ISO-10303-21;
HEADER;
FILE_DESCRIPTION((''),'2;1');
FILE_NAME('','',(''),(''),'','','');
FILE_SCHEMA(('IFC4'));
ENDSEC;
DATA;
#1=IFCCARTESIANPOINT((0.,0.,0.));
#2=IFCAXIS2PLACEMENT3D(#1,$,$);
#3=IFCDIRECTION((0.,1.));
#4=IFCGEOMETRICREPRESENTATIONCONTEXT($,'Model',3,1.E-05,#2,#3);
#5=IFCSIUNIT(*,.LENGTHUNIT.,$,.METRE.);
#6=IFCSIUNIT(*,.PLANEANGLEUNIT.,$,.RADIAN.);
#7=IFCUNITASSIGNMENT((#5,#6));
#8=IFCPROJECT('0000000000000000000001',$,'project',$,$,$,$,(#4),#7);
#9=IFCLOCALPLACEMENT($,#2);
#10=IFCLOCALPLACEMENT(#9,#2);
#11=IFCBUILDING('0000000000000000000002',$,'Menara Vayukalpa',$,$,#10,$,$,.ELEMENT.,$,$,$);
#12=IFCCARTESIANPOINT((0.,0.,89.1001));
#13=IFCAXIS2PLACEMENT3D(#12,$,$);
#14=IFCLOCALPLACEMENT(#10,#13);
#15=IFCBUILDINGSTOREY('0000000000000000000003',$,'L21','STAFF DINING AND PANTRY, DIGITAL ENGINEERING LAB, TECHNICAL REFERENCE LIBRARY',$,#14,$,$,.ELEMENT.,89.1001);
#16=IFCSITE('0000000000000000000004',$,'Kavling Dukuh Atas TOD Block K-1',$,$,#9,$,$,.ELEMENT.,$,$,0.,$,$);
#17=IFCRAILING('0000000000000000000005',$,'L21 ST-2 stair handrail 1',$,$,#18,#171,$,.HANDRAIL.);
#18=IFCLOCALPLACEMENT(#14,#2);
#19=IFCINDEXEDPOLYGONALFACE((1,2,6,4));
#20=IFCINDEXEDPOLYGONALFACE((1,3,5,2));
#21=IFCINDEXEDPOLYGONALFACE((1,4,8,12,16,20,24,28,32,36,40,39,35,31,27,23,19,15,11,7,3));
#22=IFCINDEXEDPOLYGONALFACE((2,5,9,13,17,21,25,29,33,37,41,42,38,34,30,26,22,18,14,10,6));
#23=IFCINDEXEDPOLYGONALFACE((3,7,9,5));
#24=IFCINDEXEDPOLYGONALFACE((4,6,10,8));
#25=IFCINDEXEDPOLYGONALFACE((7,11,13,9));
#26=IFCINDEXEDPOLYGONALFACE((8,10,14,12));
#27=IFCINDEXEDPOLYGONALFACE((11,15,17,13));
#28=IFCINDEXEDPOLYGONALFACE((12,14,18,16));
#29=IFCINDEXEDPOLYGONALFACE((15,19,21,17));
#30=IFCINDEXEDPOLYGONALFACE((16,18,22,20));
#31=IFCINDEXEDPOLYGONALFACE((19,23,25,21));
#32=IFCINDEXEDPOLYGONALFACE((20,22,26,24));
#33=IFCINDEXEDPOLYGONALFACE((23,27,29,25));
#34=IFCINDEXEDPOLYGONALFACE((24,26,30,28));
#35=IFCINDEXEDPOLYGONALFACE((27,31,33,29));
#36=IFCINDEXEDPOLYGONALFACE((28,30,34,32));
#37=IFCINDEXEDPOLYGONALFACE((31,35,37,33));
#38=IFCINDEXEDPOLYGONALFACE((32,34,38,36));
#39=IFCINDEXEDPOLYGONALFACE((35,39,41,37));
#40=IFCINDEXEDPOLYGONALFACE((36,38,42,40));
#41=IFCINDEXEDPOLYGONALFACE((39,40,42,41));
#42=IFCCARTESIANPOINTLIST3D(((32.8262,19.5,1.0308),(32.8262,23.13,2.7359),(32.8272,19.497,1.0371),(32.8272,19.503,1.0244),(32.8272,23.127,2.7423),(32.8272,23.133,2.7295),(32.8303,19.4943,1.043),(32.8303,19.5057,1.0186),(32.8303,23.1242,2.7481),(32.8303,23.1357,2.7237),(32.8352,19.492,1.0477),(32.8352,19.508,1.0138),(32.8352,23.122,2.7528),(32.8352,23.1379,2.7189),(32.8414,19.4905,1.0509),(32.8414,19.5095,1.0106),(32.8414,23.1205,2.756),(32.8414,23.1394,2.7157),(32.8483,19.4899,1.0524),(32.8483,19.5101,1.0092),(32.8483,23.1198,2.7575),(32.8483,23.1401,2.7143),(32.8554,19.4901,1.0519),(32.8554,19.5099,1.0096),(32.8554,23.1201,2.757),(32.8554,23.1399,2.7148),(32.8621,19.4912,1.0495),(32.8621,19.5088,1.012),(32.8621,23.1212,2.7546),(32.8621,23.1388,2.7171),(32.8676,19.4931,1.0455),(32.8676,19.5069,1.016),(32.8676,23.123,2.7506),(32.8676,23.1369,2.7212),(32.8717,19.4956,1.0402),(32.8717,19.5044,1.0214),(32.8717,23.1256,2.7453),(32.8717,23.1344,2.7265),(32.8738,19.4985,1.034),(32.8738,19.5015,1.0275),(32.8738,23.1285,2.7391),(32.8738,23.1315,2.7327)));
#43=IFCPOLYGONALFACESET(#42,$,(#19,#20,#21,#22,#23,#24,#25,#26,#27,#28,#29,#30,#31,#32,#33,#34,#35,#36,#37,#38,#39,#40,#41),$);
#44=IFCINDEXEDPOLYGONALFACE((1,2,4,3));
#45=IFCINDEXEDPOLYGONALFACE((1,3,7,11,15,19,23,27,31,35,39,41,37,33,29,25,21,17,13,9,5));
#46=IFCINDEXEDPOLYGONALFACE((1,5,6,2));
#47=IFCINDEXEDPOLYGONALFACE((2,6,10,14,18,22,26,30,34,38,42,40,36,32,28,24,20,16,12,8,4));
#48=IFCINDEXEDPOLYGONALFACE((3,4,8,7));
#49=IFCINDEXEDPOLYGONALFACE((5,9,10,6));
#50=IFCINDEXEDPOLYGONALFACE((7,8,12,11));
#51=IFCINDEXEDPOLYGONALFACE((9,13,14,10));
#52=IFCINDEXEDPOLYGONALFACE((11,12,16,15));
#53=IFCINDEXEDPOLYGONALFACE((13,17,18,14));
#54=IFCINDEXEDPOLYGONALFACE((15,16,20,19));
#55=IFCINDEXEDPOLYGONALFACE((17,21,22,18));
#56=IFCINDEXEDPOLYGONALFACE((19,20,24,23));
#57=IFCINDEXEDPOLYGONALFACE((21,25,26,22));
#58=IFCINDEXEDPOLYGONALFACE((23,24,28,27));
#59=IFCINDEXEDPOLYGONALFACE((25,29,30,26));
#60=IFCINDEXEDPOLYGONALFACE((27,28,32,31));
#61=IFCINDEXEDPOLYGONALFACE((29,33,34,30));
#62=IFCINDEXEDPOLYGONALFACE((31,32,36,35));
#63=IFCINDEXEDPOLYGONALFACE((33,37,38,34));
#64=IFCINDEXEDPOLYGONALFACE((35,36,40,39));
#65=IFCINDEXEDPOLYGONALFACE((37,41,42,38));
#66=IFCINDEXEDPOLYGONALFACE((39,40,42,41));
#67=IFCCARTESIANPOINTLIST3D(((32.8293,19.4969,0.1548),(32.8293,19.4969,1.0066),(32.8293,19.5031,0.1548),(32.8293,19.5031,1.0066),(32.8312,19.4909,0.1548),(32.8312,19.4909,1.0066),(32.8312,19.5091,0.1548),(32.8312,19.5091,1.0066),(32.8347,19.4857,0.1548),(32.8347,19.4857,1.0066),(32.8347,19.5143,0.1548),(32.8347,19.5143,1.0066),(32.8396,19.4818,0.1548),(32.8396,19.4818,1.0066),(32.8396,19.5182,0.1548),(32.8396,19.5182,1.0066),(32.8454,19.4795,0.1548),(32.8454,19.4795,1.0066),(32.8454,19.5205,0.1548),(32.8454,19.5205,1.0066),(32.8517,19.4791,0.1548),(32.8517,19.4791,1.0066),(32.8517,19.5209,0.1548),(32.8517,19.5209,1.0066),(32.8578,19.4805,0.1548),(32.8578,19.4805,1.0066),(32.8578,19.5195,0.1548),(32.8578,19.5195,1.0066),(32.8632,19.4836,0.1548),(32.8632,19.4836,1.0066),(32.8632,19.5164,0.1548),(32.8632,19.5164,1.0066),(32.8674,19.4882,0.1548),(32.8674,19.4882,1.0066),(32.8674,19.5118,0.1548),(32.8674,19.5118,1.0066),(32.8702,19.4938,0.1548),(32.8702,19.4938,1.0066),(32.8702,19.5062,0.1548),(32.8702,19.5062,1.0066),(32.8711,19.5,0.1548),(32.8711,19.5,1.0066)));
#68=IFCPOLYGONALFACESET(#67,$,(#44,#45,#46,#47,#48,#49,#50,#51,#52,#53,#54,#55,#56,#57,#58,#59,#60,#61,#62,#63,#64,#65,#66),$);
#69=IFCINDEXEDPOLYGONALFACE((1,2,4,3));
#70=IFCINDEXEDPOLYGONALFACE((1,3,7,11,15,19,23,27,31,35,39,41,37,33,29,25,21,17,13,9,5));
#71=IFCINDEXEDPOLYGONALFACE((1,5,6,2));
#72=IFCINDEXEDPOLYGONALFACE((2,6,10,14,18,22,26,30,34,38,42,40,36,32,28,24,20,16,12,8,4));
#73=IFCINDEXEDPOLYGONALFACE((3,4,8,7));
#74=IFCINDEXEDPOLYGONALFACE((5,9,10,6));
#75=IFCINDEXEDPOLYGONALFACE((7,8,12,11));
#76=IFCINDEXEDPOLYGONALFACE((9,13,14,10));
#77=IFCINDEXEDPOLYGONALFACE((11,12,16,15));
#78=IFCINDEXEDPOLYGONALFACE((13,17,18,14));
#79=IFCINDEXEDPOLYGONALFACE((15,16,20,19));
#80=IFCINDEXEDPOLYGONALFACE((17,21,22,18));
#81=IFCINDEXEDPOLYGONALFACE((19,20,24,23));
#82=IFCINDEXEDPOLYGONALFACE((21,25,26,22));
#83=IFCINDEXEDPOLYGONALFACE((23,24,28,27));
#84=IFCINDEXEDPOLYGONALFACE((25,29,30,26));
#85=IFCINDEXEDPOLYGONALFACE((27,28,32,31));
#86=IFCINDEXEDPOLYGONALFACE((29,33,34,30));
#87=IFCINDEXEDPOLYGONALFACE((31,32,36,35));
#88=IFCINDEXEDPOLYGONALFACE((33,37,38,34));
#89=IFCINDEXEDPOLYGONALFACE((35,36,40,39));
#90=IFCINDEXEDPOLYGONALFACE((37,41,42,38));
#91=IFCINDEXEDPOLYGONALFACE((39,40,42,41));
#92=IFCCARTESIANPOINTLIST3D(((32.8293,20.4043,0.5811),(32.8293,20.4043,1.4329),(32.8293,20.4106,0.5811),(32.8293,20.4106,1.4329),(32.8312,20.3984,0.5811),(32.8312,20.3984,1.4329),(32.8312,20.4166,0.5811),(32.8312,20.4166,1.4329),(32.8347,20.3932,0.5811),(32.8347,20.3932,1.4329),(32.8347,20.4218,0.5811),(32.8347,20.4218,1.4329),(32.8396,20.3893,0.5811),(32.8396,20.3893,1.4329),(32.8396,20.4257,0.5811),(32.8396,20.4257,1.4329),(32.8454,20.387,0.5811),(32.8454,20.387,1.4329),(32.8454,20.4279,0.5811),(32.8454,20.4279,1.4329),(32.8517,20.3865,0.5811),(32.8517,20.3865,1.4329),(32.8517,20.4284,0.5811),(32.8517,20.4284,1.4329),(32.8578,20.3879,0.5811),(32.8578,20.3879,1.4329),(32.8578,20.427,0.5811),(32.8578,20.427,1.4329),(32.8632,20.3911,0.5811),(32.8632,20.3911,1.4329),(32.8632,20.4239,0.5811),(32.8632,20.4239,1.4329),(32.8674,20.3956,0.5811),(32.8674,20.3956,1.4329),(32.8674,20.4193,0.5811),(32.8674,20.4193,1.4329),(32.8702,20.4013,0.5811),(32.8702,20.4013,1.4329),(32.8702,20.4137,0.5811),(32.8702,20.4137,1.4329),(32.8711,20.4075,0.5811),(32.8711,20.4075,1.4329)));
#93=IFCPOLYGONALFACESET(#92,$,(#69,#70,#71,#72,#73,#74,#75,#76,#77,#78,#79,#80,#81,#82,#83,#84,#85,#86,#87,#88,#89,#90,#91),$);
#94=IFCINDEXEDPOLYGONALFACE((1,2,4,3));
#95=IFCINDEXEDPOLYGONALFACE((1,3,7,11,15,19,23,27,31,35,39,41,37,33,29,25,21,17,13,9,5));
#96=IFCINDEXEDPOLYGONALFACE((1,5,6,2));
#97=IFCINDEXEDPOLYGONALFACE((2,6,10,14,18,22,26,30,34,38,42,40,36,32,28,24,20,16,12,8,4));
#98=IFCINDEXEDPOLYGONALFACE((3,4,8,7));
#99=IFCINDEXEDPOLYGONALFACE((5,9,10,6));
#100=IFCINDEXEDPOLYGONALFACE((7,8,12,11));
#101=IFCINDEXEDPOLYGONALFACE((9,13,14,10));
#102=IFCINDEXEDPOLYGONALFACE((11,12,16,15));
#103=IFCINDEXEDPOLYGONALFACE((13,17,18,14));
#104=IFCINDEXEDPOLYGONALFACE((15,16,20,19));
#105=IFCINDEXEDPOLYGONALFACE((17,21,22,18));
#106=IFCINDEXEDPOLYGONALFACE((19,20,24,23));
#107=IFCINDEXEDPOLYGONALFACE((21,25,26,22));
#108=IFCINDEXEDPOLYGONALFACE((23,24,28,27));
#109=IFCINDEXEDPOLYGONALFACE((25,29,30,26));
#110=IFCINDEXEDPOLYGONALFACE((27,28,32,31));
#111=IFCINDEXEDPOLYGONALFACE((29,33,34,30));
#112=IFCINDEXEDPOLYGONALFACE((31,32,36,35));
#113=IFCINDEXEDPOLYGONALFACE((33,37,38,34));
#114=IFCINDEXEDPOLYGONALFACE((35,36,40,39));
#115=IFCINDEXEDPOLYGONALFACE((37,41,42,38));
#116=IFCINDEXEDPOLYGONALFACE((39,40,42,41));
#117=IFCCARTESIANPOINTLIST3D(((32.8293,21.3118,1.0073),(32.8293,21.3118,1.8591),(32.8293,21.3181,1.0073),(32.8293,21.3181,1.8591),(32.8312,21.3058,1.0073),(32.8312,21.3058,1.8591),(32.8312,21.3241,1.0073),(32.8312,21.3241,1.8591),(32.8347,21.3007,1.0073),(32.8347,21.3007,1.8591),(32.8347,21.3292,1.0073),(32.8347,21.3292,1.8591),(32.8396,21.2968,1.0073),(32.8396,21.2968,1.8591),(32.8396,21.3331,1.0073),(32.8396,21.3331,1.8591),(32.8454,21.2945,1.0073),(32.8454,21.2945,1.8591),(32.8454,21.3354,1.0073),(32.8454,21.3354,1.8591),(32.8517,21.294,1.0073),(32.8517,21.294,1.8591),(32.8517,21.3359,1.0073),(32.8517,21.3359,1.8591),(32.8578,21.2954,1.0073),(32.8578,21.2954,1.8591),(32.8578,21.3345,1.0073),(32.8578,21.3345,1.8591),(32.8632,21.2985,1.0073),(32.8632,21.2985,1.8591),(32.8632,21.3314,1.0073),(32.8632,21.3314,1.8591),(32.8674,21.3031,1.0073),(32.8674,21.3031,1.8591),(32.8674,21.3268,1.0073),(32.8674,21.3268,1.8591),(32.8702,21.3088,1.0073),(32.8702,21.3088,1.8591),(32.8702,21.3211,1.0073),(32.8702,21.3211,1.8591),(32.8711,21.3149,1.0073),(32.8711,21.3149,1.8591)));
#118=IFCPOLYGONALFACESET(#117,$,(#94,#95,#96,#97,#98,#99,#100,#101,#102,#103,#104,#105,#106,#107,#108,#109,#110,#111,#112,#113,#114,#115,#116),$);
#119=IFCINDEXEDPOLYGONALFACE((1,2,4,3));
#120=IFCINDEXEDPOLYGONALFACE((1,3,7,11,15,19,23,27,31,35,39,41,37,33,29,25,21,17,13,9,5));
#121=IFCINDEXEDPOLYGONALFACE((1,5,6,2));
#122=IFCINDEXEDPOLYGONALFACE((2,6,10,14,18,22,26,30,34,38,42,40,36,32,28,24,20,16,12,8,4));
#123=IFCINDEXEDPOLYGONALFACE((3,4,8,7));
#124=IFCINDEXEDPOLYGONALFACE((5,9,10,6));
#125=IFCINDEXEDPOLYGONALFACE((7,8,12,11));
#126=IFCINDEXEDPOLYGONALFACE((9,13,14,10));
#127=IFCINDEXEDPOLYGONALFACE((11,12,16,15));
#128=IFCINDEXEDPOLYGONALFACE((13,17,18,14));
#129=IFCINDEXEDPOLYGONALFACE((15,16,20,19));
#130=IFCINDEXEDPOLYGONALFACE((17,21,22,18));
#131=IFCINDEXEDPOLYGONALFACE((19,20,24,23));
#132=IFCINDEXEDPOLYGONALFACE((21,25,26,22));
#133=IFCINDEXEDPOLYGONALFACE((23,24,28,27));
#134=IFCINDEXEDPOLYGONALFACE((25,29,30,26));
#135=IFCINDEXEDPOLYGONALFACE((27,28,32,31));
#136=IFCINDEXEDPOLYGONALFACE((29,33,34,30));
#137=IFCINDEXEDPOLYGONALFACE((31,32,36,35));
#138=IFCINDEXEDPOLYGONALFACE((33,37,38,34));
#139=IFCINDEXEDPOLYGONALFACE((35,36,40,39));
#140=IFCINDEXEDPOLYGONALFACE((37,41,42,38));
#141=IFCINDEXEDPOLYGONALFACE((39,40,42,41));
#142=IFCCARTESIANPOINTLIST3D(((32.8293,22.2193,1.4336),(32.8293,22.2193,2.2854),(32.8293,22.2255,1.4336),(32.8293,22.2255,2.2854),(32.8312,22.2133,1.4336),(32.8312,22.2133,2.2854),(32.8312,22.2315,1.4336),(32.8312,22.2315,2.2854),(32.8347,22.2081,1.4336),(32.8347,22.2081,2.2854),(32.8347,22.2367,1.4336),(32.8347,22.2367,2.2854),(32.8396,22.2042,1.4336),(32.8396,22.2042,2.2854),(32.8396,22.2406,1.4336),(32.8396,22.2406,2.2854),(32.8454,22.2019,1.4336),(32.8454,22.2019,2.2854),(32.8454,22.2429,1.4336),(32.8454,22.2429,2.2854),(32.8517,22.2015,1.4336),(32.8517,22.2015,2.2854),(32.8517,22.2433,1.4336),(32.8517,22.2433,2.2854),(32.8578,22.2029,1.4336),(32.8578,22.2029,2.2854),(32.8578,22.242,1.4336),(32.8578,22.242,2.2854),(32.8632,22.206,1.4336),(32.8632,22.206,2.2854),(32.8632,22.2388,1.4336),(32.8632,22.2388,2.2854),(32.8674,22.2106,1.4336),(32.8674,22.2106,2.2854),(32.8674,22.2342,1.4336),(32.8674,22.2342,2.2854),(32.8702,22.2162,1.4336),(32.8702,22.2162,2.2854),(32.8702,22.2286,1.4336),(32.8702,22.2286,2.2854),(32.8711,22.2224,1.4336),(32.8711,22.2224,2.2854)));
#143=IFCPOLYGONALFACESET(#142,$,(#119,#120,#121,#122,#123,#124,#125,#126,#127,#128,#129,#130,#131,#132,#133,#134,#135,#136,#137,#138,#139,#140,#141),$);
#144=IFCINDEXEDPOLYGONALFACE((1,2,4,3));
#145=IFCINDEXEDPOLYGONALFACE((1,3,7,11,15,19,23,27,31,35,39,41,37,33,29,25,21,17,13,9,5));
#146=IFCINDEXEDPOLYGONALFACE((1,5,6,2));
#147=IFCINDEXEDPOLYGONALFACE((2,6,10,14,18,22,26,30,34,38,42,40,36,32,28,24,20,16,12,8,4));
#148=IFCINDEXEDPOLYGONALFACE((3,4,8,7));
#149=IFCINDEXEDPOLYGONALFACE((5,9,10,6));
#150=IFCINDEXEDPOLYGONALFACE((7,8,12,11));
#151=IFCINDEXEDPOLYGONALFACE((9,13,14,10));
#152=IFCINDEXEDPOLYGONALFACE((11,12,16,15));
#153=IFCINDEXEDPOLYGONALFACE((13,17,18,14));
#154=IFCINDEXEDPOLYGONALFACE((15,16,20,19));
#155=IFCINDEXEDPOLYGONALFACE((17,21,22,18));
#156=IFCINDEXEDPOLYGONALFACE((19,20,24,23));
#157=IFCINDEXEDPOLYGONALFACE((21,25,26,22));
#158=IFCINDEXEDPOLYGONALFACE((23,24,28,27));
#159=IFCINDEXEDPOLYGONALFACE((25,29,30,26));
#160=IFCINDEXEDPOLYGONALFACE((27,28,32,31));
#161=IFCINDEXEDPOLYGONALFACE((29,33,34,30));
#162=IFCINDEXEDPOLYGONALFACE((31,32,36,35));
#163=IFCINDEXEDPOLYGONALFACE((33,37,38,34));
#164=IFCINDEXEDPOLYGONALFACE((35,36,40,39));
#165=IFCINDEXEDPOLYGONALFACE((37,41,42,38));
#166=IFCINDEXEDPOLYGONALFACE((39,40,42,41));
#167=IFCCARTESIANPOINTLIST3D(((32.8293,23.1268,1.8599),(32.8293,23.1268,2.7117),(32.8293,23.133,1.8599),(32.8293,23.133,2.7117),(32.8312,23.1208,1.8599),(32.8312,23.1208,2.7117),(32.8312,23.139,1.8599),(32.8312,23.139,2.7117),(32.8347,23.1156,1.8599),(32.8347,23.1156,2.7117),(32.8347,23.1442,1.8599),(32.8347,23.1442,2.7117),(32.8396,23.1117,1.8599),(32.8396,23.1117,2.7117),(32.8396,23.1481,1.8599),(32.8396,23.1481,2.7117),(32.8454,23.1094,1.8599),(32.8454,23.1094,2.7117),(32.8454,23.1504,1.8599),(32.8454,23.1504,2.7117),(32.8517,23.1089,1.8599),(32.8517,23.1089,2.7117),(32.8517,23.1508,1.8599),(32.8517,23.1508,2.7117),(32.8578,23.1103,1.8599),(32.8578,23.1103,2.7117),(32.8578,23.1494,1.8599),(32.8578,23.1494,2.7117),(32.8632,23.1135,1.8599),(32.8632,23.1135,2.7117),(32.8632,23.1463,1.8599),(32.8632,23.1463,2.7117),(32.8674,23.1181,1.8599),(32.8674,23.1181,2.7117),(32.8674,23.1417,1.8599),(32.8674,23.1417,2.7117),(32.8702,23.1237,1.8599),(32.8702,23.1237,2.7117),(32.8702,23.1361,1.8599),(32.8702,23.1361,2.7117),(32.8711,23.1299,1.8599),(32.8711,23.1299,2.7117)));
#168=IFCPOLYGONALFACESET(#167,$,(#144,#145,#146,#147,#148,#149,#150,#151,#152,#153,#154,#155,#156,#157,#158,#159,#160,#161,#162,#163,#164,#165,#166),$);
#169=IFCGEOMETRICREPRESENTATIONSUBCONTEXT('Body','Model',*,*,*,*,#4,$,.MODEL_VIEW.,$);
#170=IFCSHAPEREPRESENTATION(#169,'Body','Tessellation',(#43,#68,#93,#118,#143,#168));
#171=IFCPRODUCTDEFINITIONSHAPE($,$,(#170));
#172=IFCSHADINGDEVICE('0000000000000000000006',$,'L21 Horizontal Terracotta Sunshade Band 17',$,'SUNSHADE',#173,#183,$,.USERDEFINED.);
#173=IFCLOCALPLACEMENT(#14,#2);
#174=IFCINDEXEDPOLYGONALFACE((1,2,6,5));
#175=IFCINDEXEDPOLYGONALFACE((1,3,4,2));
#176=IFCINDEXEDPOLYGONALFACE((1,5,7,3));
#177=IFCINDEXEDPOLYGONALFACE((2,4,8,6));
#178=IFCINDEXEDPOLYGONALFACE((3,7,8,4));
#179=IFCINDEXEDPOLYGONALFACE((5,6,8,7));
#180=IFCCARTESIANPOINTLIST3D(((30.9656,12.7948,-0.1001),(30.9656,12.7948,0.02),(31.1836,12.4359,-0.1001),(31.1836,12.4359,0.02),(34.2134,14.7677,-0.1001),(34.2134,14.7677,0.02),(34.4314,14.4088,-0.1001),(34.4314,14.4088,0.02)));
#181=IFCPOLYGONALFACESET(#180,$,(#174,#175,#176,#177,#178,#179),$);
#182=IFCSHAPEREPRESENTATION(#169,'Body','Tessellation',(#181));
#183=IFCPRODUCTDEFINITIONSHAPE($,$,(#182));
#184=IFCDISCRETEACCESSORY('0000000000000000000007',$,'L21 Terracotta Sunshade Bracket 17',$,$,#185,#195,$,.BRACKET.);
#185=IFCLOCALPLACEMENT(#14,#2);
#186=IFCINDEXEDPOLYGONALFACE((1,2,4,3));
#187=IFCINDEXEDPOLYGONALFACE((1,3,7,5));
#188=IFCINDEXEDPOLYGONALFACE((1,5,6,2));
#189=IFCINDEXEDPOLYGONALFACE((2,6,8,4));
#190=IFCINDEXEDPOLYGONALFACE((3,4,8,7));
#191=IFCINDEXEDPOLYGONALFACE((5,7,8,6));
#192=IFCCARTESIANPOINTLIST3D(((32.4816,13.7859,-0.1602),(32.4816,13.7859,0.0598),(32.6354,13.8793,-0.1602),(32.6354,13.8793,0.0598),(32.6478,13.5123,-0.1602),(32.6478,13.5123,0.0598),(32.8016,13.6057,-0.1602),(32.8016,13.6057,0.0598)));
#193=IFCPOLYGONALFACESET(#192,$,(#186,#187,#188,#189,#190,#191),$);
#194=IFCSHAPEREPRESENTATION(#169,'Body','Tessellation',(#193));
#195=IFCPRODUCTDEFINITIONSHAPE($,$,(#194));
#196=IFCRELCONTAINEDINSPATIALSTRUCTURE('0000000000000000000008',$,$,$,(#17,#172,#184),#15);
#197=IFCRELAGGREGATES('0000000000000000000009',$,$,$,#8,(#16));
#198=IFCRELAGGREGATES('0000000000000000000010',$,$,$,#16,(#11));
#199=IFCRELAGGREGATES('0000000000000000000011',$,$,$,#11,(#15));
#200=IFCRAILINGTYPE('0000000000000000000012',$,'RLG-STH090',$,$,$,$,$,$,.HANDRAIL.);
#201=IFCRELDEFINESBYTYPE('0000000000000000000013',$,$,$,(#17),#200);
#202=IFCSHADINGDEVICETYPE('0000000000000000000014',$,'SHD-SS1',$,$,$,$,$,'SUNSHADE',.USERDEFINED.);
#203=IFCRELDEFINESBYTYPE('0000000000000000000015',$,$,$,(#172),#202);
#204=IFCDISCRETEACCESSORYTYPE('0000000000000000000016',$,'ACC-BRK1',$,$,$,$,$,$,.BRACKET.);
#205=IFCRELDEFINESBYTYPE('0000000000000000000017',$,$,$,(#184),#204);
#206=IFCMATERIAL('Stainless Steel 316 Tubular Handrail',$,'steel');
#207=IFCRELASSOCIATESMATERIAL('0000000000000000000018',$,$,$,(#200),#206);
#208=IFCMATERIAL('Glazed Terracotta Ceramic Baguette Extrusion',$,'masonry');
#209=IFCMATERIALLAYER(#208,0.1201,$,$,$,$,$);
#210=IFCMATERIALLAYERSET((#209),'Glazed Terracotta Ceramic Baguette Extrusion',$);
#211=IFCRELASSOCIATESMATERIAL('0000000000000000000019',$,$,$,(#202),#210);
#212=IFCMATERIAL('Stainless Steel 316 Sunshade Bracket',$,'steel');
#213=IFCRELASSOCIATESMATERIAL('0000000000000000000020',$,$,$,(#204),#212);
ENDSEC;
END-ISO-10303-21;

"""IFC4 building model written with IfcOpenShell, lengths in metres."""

from ifc_helpers import new_model, si_unit, direction, frame, origin, origin_2d, place, context, subcontext, project, spatial, rectangle, circle, extrude, material, layer, layer_set, type_object, element, save


model = new_model("IFC4")

# Units and contexts
model_context = context("Model", 3, precision=1e-05, world=origin(), true_north=direction((0.0, 1.0)))
body_context = subcontext(model_context, "Body", "Model", "MODEL_VIEW")
ifc_project = project(units=[si_unit("LENGTHUNIT", "METRE"), si_unit("PLANEANGLEUNIT", "RADIAN")], contexts=[model_context])

# Site, building, storey
site_placement = place(None, origin())
site = spatial("IfcSite", under=ifc_project, at=site_placement, Name="Kavling Dukuh Atas TOD Block K-1", CompositionType="ELEMENT", RefElevation=0.0)
building_placement = place(site_placement, origin())
building = spatial("IfcBuilding", under=site, at=building_placement, Name="Menara Vayukalpa", CompositionType="ELEMENT")
storey_placement = place(building_placement, frame((0.0, 0.0, 89.1001)))
storey = spatial("IfcBuildingStorey", under=building, at=storey_placement, Name="L21", Description="STAFF DINING AND PANTRY, DIGITAL ENGINEERING LAB, TECHNICAL REFERENCE LIBRARY", CompositionType="ELEMENT", Elevation=89.1001)

# Railing
ifc_material_1 = material(Name="Stainless Steel 316 Tubular Handrail", Category="steel")
railing_type_1 = type_object("IfcRailingType", Name="RLG-STH090", PredefinedType="HANDRAIL", material=ifc_material_1)
railing_1_placement = place(storey_placement, frame((32.8501, 19.5, 0.1548)))
element("IfcRailing", 1, at=railing_1_placement, inside=storey, type_object=railing_type_1, Name="L21 ST-2 stair handrail 1", PredefinedType="HANDRAIL", context=body_context, shape_type="SweptSolid", body=[
    extrude(circle(Radius=0.0239, at=origin_2d()), frame((0.0, 0.0, 0.876), z_axis=(0.0, 0.905116, 0.425164), x_axis=(-1.0, 0.0, 0.0)), (0.0, 0.0, 1.0), 4.0105),
    extrude(circle(Radius=0.021, at=origin_2d()), origin(), (0.0, 0.0, 1.0), 0.8518),
    extrude(circle(Radius=0.021, at=origin_2d()), frame((0.0, 0.9075, 0.4263)), (0.0, 0.0, 1.0), 0.8518),
    extrude(circle(Radius=0.021, at=origin_2d()), frame((0.0, 1.8149, 0.8525)), (0.0, 0.0, 1.0), 0.8518),
    extrude(circle(Radius=0.021, at=origin_2d()), frame((0.0, 2.7224, 1.2788)), (0.0, 0.0, 1.0), 0.8518),
    extrude(circle(Radius=0.021, at=origin_2d()), frame((0.0, 3.6299, 1.7051)), (0.0, 0.0, 1.0), 0.8518),
])

# Shading device
ifc_material_2 = material(Name="Glazed Terracotta Ceramic Baguette Extrusion", Category="masonry")
ifc_layer_1 = layer(ifc_material_2, 0.1201)
ifc_layer_set_1 = layer_set([ifc_layer_1], Name="Glazed Terracotta Ceramic Baguette Extrusion")
shading_device_type = type_object("IfcShadingDeviceType", Name="SHD-SS1", ElementType="SUNSHADE", PredefinedType="USERDEFINED", material=ifc_layer_set_1)
shading_device_placement = place(storey_placement, frame((32.6985, 13.6018, -0.1001), z_axis=(0.0, 0.0, 1.0), x_axis=(0.854667, 0.519176, 0.0)))
element("IfcShadingDevice", 2, at=shading_device_placement, inside=storey, type_object=shading_device_type, Name="L21 Horizontal Terracotta Sunshade Band 17", ObjectType="SUNSHADE", PredefinedType="USERDEFINED", context=body_context, shape_type="SweptSolid", body=[
    extrude(rectangle(XDim=3.8, YDim=0.4199, at=origin_2d()), origin(), (0.0, 0.0, 1.0), 0.1201),
])

# Discrete accessory
ifc_material_3 = material(Name="Stainless Steel 316 Sunshade Bracket", Category="steel")
discrete_accessory_type = type_object("IfcDiscreteAccessoryType", Name="ACC-BRK1", PredefinedType="BRACKET", material=ifc_material_3)
discrete_accessory_placement = place(storey_placement, frame((32.6416, 13.6958, -0.1602), z_axis=(0.0, 0.0, 1.0), x_axis=(0.854667, 0.519176, 0.0)))
element("IfcDiscreteAccessory", 3, at=discrete_accessory_placement, inside=storey, type_object=discrete_accessory_type, Name="L21 Terracotta Sunshade Bracket 17", PredefinedType="BRACKET", context=body_context, shape_type="SweptSolid", body=[
    extrude(rectangle(XDim=0.1799, YDim=0.3201, at=origin_2d()), origin(), (0.0, 0.0, 1.0), 0.22),
])

save(model, "model.ifc")
